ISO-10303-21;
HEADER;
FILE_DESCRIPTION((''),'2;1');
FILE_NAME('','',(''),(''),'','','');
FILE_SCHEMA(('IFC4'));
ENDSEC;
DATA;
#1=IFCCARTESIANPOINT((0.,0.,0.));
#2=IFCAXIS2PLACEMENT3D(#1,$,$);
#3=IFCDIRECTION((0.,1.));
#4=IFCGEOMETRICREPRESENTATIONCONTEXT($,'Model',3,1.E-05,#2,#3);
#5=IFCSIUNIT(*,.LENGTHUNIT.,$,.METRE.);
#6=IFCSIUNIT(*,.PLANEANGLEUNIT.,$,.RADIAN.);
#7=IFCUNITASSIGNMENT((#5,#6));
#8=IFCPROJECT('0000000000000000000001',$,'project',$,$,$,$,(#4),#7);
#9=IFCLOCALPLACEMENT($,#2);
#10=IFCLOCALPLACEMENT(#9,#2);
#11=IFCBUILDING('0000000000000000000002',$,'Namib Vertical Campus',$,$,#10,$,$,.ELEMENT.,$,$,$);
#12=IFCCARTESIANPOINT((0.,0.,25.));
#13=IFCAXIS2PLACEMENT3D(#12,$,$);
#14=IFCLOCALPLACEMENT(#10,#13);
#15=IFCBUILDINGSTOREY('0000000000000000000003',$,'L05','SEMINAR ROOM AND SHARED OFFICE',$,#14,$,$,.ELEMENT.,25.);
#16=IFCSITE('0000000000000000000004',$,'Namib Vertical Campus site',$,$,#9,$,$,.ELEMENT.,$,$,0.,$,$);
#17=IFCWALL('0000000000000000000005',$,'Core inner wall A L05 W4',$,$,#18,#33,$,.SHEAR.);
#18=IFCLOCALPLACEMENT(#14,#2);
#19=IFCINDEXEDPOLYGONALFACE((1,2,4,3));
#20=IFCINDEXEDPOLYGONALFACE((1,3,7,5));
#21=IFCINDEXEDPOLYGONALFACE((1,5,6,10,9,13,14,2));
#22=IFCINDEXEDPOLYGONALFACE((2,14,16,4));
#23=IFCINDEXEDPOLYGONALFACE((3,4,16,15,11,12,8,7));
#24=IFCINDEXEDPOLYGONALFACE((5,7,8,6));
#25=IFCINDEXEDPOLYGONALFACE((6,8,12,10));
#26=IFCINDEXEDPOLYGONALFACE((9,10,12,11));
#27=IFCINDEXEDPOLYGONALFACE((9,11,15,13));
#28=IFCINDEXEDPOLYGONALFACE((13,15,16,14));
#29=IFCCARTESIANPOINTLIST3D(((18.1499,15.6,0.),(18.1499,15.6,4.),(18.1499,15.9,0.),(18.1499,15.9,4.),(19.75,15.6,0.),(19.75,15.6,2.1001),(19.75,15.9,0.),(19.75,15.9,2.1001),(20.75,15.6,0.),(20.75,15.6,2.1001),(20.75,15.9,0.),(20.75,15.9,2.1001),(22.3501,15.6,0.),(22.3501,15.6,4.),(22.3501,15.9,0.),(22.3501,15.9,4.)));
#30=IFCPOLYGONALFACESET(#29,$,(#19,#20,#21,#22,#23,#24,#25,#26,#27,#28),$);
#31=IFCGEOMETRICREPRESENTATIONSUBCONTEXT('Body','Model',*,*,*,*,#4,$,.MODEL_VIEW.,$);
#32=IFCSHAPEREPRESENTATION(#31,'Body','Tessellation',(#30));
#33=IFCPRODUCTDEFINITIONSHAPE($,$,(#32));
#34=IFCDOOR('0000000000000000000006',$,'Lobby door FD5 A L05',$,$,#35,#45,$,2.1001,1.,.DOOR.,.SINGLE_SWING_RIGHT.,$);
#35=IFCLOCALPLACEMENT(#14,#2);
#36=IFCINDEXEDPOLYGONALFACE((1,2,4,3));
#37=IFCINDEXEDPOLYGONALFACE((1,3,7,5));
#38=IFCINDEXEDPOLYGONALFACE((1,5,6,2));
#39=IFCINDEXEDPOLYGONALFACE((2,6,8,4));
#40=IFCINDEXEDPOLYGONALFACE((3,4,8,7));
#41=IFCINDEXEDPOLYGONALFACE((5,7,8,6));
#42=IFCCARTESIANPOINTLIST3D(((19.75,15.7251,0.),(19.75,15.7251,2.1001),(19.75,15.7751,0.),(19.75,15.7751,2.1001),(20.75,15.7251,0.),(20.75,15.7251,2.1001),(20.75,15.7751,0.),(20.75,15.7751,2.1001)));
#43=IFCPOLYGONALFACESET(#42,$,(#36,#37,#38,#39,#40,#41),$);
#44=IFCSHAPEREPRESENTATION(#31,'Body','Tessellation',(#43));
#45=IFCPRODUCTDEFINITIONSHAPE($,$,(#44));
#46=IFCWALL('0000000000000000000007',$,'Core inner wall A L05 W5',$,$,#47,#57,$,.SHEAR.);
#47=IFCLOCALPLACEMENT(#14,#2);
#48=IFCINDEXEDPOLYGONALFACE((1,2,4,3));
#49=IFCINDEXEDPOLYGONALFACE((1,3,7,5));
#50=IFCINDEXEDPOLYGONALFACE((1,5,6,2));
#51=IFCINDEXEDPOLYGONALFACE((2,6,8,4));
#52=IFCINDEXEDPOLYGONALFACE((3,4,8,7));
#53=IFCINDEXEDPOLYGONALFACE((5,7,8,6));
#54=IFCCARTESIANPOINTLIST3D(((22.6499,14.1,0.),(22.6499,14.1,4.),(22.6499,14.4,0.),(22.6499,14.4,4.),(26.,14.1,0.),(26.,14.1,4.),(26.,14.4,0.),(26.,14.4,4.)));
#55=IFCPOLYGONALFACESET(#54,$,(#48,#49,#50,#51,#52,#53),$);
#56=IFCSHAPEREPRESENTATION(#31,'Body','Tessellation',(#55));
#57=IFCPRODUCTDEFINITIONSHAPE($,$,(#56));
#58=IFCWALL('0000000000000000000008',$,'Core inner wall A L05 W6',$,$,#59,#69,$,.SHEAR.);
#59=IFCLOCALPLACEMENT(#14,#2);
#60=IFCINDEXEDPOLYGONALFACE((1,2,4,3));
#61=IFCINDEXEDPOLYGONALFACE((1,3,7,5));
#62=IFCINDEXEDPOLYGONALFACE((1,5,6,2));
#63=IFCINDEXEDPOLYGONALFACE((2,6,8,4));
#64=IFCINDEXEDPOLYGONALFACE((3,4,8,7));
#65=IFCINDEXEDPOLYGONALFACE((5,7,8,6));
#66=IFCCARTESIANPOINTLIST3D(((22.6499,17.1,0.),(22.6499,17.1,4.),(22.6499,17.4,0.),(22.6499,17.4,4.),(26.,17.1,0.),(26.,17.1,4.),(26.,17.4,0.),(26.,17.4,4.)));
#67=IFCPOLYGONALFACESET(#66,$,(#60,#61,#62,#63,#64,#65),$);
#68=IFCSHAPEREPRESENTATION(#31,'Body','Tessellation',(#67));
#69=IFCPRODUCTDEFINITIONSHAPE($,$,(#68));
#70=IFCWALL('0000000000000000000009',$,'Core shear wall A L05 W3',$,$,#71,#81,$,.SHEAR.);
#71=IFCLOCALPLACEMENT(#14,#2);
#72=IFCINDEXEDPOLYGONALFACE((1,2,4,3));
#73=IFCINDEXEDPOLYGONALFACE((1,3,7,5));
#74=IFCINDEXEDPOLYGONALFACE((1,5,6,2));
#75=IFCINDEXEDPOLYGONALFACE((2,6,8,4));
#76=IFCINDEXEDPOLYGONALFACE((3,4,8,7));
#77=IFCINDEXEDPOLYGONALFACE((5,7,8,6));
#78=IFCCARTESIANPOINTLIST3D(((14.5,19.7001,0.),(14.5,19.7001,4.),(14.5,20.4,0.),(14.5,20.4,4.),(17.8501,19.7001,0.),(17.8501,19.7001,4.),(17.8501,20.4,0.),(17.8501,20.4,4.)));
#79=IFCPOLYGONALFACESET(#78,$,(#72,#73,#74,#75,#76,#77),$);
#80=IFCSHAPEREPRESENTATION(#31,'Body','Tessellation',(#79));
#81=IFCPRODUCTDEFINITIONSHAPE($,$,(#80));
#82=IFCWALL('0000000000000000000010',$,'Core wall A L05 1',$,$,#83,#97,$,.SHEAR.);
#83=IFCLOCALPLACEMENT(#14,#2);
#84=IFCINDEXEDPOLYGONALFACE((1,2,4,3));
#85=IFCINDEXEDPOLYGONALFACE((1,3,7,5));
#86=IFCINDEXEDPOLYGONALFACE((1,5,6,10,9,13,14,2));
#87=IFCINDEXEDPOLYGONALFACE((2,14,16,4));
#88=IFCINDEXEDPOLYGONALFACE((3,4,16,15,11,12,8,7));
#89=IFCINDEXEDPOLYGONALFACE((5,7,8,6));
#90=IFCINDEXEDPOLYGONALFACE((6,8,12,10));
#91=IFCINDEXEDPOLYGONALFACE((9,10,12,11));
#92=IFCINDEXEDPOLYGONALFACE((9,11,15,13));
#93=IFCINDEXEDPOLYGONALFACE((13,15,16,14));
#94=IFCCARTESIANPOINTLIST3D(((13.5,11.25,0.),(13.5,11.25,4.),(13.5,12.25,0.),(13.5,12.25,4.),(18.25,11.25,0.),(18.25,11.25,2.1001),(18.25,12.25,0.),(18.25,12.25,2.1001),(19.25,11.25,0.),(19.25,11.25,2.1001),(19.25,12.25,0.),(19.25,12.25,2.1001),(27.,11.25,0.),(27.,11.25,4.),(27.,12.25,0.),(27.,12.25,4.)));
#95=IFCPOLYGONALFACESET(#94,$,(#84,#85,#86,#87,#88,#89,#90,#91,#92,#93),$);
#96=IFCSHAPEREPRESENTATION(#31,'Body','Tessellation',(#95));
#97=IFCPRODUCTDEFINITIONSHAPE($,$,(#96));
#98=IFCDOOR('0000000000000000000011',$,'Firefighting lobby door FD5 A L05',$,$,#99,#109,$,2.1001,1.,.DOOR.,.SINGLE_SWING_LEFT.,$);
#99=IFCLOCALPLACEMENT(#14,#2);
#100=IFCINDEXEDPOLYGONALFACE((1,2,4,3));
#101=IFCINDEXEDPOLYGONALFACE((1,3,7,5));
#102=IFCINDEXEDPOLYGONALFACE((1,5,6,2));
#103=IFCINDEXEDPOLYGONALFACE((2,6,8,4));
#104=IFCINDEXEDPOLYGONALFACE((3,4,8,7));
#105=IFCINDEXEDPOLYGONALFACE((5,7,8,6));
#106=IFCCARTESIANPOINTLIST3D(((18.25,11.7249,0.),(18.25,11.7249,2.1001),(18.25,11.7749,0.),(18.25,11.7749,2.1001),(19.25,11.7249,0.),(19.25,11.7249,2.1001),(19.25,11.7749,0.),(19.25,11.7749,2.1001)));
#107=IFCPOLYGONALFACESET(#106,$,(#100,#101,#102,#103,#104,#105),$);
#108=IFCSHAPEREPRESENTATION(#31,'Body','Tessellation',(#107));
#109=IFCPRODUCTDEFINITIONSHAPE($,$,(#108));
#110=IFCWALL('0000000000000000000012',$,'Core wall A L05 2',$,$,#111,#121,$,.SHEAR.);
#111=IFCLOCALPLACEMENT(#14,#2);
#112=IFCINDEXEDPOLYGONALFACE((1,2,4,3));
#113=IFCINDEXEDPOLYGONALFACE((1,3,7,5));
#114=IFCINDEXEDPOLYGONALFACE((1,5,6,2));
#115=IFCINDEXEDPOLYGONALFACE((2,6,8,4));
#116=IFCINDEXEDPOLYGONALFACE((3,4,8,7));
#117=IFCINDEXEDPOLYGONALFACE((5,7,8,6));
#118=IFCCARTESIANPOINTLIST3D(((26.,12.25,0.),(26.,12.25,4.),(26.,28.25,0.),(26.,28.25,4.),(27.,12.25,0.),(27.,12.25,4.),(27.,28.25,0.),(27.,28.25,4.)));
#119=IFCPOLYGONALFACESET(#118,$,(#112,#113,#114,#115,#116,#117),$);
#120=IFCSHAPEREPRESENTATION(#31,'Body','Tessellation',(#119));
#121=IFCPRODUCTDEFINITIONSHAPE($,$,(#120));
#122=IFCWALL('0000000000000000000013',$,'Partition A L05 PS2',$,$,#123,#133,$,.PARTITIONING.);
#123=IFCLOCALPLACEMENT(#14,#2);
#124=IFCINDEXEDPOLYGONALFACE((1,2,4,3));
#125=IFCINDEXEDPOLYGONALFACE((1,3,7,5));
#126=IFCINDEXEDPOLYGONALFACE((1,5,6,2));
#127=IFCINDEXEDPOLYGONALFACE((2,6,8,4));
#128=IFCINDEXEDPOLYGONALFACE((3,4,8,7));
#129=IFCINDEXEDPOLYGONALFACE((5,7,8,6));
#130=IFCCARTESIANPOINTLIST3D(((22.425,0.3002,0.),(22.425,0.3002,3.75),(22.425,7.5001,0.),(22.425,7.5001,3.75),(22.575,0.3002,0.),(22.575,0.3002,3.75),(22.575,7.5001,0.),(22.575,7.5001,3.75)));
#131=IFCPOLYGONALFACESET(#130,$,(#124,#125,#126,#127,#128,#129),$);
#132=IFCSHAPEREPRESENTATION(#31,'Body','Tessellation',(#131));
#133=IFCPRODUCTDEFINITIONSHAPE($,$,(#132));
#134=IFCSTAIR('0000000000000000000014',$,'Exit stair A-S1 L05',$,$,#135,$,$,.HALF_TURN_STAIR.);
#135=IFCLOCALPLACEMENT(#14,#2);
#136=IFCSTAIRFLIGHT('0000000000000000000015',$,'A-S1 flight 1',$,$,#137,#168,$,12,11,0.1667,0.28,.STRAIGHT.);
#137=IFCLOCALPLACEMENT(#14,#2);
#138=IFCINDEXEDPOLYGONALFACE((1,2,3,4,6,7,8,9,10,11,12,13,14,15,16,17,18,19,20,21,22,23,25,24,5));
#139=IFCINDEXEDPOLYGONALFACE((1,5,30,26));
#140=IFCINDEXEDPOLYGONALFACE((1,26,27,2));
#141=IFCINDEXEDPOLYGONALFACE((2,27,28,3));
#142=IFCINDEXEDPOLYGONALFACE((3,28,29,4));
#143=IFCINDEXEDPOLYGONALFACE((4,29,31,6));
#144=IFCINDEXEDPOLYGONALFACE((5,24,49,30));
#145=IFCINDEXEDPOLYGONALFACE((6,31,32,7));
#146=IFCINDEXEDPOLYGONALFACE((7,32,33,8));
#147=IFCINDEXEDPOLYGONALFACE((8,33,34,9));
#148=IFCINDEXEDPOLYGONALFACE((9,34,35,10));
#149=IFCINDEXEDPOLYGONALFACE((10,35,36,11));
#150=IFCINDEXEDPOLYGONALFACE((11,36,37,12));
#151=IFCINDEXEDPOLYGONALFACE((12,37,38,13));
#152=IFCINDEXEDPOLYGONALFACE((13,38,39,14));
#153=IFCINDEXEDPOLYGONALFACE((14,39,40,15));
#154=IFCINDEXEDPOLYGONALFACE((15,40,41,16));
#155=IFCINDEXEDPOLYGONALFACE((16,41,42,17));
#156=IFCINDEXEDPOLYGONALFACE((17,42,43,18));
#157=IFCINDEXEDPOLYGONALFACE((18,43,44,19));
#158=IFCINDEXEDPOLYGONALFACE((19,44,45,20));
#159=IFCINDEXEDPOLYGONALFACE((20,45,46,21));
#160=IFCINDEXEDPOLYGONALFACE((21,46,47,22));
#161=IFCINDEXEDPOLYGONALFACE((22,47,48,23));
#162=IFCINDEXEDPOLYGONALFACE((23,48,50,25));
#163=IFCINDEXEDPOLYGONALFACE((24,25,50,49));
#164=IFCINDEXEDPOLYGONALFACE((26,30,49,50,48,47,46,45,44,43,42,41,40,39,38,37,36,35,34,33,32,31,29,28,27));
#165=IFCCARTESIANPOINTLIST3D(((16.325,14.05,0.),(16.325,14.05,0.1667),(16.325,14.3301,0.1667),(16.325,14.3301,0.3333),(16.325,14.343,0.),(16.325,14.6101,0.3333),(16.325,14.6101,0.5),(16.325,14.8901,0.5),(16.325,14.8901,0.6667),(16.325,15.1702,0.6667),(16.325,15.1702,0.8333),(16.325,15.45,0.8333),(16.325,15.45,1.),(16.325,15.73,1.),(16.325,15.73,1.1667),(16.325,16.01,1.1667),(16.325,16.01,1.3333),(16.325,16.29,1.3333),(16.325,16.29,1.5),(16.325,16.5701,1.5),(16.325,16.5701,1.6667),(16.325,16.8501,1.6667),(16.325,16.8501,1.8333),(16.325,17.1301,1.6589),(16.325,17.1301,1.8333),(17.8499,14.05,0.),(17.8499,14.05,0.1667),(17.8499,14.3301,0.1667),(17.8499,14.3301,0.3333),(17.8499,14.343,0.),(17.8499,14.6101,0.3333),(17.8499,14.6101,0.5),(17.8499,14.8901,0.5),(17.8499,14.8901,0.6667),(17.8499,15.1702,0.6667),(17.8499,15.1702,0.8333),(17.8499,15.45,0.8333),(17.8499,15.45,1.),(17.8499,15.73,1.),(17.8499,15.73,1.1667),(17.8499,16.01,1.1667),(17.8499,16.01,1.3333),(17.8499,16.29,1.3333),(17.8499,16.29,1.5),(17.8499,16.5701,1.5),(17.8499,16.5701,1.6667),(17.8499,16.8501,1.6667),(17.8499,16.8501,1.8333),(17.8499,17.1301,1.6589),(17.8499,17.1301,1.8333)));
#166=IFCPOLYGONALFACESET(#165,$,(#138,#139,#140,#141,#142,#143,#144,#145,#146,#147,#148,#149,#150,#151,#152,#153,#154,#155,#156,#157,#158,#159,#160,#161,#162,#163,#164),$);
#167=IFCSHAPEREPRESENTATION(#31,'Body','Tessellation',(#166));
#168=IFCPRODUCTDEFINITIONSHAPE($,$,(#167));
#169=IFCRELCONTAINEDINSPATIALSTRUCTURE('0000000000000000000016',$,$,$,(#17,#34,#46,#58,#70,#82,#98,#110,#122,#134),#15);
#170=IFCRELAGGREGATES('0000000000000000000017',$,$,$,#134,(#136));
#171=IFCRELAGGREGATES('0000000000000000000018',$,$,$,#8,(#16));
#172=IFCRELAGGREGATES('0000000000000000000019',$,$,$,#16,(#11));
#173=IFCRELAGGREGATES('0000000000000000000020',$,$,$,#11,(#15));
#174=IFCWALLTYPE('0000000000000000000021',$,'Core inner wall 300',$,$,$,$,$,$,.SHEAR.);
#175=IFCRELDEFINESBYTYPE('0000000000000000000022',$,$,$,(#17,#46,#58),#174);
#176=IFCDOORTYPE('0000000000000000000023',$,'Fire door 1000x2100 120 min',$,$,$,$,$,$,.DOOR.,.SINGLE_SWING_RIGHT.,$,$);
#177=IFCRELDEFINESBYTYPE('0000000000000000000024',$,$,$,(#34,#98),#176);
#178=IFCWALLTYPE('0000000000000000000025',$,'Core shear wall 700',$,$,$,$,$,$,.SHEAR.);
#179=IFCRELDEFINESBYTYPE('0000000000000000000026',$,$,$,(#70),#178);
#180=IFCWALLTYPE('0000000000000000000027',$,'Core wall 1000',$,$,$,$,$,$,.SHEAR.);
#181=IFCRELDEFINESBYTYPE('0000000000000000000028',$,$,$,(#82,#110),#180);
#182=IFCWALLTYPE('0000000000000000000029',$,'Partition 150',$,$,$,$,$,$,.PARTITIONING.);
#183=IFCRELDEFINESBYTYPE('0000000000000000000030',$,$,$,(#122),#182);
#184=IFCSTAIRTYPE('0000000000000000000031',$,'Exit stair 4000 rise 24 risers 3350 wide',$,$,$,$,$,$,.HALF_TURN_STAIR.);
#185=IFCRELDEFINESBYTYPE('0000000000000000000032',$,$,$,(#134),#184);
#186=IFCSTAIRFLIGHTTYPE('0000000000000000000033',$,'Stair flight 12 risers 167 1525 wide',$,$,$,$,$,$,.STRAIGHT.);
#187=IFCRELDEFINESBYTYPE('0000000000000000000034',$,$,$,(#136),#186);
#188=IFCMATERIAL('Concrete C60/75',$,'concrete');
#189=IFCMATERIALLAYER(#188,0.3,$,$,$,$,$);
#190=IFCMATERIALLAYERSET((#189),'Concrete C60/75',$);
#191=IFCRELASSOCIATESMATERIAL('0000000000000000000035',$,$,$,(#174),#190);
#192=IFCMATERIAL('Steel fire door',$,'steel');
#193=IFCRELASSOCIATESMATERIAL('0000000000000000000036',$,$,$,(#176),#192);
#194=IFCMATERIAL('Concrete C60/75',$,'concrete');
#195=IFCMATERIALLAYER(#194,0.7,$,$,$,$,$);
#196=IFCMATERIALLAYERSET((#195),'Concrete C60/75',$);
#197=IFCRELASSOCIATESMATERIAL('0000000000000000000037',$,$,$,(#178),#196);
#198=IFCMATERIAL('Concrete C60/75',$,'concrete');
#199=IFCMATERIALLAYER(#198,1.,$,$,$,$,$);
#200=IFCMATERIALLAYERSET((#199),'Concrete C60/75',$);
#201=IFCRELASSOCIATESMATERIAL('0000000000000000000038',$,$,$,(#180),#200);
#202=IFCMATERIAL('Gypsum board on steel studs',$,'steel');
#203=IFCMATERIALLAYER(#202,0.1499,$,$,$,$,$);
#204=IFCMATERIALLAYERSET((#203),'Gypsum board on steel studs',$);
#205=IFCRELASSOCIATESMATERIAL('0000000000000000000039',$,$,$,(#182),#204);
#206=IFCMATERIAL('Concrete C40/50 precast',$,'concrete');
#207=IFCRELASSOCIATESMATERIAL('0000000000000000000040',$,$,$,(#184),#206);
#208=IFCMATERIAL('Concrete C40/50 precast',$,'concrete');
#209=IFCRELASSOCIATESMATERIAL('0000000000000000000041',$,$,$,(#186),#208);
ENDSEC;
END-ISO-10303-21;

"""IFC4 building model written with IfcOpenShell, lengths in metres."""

from ifc_helpers import new_model, si_unit, direction, frame, frame_2d, origin, place, context, subcontext, project, spatial, polyline, rectangle, outline, extrude, material, layer, layer_set, type_object, element, fill, aggregate, save


model = new_model("IFC4")

# Units and contexts
model_context = context("Model", 3, precision=1e-05, world=origin(), true_north=direction((0.0, 1.0)))
body_context = subcontext(model_context, "Body", "Model", "MODEL_VIEW")
ifc_project = project(units=[si_unit("LENGTHUNIT", "METRE"), si_unit("PLANEANGLEUNIT", "RADIAN")], contexts=[model_context])

# Site, building, storey
site_placement = place(None, origin())
site = spatial("IfcSite", under=ifc_project, at=site_placement, Name="Namib Vertical Campus site", CompositionType="ELEMENT", RefElevation=0.0)
building_placement = place(site_placement, origin())
building = spatial("IfcBuilding", under=site, at=building_placement, Name="Namib Vertical Campus", CompositionType="ELEMENT")
storey_placement = place(building_placement, frame((0.0, 0.0, 25.0)))
storey = spatial("IfcBuildingStorey", under=building, at=storey_placement, Name="L05", Description="SEMINAR ROOM AND SHARED OFFICE", CompositionType="ELEMENT", Elevation=25.0)

# Shared definitions
ifc_material_1 = material(Name="Concrete C60/75", Category="concrete")
ifc_layer_1 = layer(ifc_material_1, 0.3)
ifc_layer_set_1 = layer_set([ifc_layer_1], Name="Concrete C60/75")
wall_type_1 = type_object("IfcWallType", Name="Core inner wall 300", PredefinedType="SHEAR", material=ifc_layer_set_1)

# Wall, opening, door
wall_1_placement = place(storey_placement, frame((18.1499, 15.75, 0.0), z_axis=(0.0, 0.0, 1.0), x_axis=(1.0, 0.0, 0.0)))
wall_1 = element("IfcWall", 1, at=wall_1_placement, inside=storey, type_object=wall_type_1, Name="Core inner wall A L05 W4", PredefinedType="SHEAR", context=body_context, shape_type="SweptSolid", body=[
    extrude(rectangle(XDim=4.2002, YDim=0.3, at=frame_2d((2.1001, 0.0))), origin(), (0.0, 0.0, 1.0), 4.0),
])
opening_1_placement = place(wall_1_placement, frame((1.6001, 0.0, 0.0)))
opening_1 = element("IfcOpeningElement", 2, at=opening_1_placement, cuts=wall_1, PredefinedType="OPENING", context=body_context, shape_type="SweptSolid", body=[
    extrude(rectangle(XDim=1.0, YDim=2.1001, at=frame_2d((0.5, 1.05))), frame((0.0, 0.1599, 0.0), z_axis=(0.0, -1.0, 0.0), x_axis=(1.0, 0.0, 0.0)), (0.0, 0.0, 1.0), 0.3201),
])
ifc_material_2 = material(Name="Steel fire door", Category="steel")
door_type_1 = type_object("IfcDoorType", Name="Fire door 1000x2100 120 min", OperationType="SINGLE_SWING_RIGHT", PredefinedType="DOOR", material=ifc_material_2)
door_1_placement = place(opening_1_placement, frame((1.0, 0.0, 0.0), z_axis=(0.0, 0.0, 1.0), x_axis=(-1.0, 0.0, 0.0)))
door_1 = element("IfcDoor", 3, at=door_1_placement, inside=storey, type_object=door_type_1, Name="Lobby door FD5 A L05", OperationType="SINGLE_SWING_RIGHT", OverallHeight=2.1001, OverallWidth=1.0, PredefinedType="DOOR", context=body_context, shape_type="SweptSolid", body=[
    extrude(rectangle(XDim=1.0, YDim=2.1001, at=frame_2d((0.5, 1.05))), frame((0.0, 0.0249, 0.0), z_axis=(0.0, -1.0, 0.0), x_axis=(1.0, 0.0, 0.0)), (0.0, 0.0, 1.0), 0.05),
])
fill(opening_1, door_1)

# Walls
for number, where, z_axis, x_axis, name in (
    (4, (22.6499, 14.25, 0.0), (0.0, 0.0, 1.0), (1.0, 0.0, 0.0), "Core inner wall A L05 W5"),
    (5, (22.6499, 17.25, 0.0), (0.0, 0.0, 1.0), (1.0, 0.0, 0.0), "Core inner wall A L05 W6"),
):
    element("IfcWall", number, at=place(storey_placement, frame(where, z_axis=z_axis, x_axis=x_axis)), inside=storey, type_object=wall_type_1, Name=name, PredefinedType="SHEAR", context=body_context, shape_type="SweptSolid", body=[
        extrude(rectangle(XDim=3.3501, YDim=0.3, at=frame_2d((1.675, 0.0))), origin(), (0.0, 0.0, 1.0), 4.0),
    ])
ifc_material_3 = material(Name="Concrete C60/75", Category="concrete")
ifc_layer_2 = layer(ifc_material_3, 0.7)
ifc_layer_set_2 = layer_set([ifc_layer_2], Name="Concrete C60/75")
wall_type_2 = type_object("IfcWallType", Name="Core shear wall 700", PredefinedType="SHEAR", material=ifc_layer_set_2)
wall_2_placement = place(storey_placement, frame((14.5, 20.05, 0.0), z_axis=(0.0, 0.0, 1.0), x_axis=(1.0, 0.0, 0.0)))
element("IfcWall", 6, at=wall_2_placement, inside=storey, type_object=wall_type_2, Name="Core shear wall A L05 W3", PredefinedType="SHEAR", context=body_context, shape_type="SweptSolid", body=[
    extrude(rectangle(XDim=3.3501, YDim=0.7, at=frame_2d((1.675, 0.0))), origin(), (0.0, 0.0, 1.0), 4.0),
])

# Wall, opening, door
ifc_material_4 = material(Name="Concrete C60/75", Category="concrete")
ifc_layer_3 = layer(ifc_material_4, 1.0)
ifc_layer_set_3 = layer_set([ifc_layer_3], Name="Concrete C60/75")
wall_type_3 = type_object("IfcWallType", Name="Core wall 1000", PredefinedType="SHEAR", material=ifc_layer_set_3)
wall_3_placement = place(storey_placement, frame((13.5, 11.75, 0.0), z_axis=(0.0, 0.0, 1.0), x_axis=(1.0, 0.0, 0.0)))
wall_3 = element("IfcWall", 7, at=wall_3_placement, inside=storey, type_object=wall_type_3, Name="Core wall A L05 1", PredefinedType="SHEAR", context=body_context, shape_type="SweptSolid", body=[
    extrude(rectangle(XDim=13.5, YDim=1.0, at=frame_2d((6.75, 0.0))), origin(), (0.0, 0.0, 1.0), 4.0),
])
opening_2_placement = place(wall_3_placement, frame((4.75, 0.0, 0.0)))
opening_2 = element("IfcOpeningElement", 8, at=opening_2_placement, cuts=wall_3, PredefinedType="OPENING", context=body_context, shape_type="SweptSolid", body=[
    extrude(rectangle(XDim=1.0, YDim=2.1001, at=frame_2d((0.5, 1.05))), frame((0.0, 0.51, 0.0), z_axis=(0.0, -1.0, 0.0), x_axis=(1.0, 0.0, 0.0)), (0.0, 0.0, 1.0), 1.02),
])
door_2_placement = place(opening_2_placement, origin())
door_2 = element("IfcDoor", 9, at=door_2_placement, inside=storey, type_object=door_type_1, Name="Firefighting lobby door FD5 A L05", OperationType="SINGLE_SWING_LEFT", OverallHeight=2.1001, OverallWidth=1.0, PredefinedType="DOOR", context=body_context, shape_type="SweptSolid", body=[
    extrude(rectangle(XDim=1.0, YDim=2.1001, at=frame_2d((0.5, 1.05))), frame((0.0, 0.0249, 0.0), z_axis=(0.0, -1.0, 0.0), x_axis=(1.0, 0.0, 0.0)), (0.0, 0.0, 1.0), 0.05),
])
fill(opening_2, door_2)

# Walls
wall_4_placement = place(storey_placement, frame((26.5, 12.25, 0.0), z_axis=(0.0, 0.0, 1.0), x_axis=(0.0, 1.0, 0.0)))
element("IfcWall", 10, at=wall_4_placement, inside=storey, type_object=wall_type_3, Name="Core wall A L05 2", PredefinedType="SHEAR", context=body_context, shape_type="SweptSolid", body=[
    extrude(rectangle(XDim=16.0, YDim=1.0, at=frame_2d((8.0, 0.0))), origin(), (0.0, 0.0, 1.0), 4.0),
])
ifc_material_5 = material(Name="Gypsum board on steel studs", Category="steel")
ifc_layer_4 = layer(ifc_material_5, 0.1499)
ifc_layer_set_4 = layer_set([ifc_layer_4], Name="Gypsum board on steel studs")
wall_type_4 = type_object("IfcWallType", Name="Partition 150", PredefinedType="PARTITIONING", material=ifc_layer_set_4)
wall_5_placement = place(storey_placement, frame((22.5, 0.3, 0.0), z_axis=(0.0, 0.0, 1.0), x_axis=(0.0, 1.0, 0.0)))
element("IfcWall", 11, at=wall_5_placement, inside=storey, type_object=wall_type_4, Name="Partition A L05 PS2", PredefinedType="PARTITIONING", context=body_context, shape_type="SweptSolid", body=[
    extrude(rectangle(XDim=7.2, YDim=0.1499, at=frame_2d((3.6001, 0.0))), origin(), (0.0, 0.0, 1.0), 3.75),
])

# Stair, stair flight
ifc_material_6 = material(Name="Concrete C40/50 precast", Category="concrete")
stair_type = type_object("IfcStairType", Name="Exit stair 4000 rise 24 risers 3350 wide", PredefinedType="HALF_TURN_STAIR", material=ifc_material_6)
stair_placement = place(storey_placement, origin())
stair = element("IfcStair", 12, at=stair_placement, inside=storey, type_object=stair_type, Name="Exit stair A-S1 L05", PredefinedType="HALF_TURN_STAIR")
ifc_material_7 = material(Name="Concrete C40/50 precast", Category="concrete")
stair_flight_type = type_object("IfcStairFlightType", Name="Stair flight 12 risers 167 1525 wide", PredefinedType="STRAIGHT", material=ifc_material_7)
stair_flight_1_placement = place(storey_placement, frame((17.0874, 14.05, 0.0), z_axis=(0.0, 0.0, 1.0), x_axis=(0.0, 1.0, 0.0)))
stair_flight_1 = element("IfcStairFlight", 13, at=stair_flight_1_placement, type_object=stair_flight_type, Name="A-S1 flight 1", NumberOfRisers=12, NumberOfTreads=11, PredefinedType="STRAIGHT", RiserHeight=0.1667, TreadLength=0.28, context=body_context, shape_type="SweptSolid", body=[
    extrude(outline(polyline([(0.0, 0.0), (0.0, 0.1667), (0.28, 0.1667), (0.28, 0.3333), (0.5601, 0.3333), (0.5601, 0.5), (0.8401, 0.5), (0.8401, 0.6667), (1.1201, 0.6667), (1.1201, 0.8333), (1.3999, 0.8333), (1.3999, 1.0), (1.6799, 1.0), (1.6799, 1.1667), (1.96, 1.1667), (1.96, 1.3333), (2.24, 1.3333), (2.24, 1.5), (2.52, 1.5), (2.52, 1.6667), (2.8, 1.6667), (2.8, 1.8333), (3.0801, 1.8333), (3.0801, 2.0), (3.0801, 1.6589), (0.293, 0.0), (0.0, 0.0)])), frame((0.0, 0.7625, 0.0), z_axis=(0.0, -1.0, 0.0), x_axis=(1.0, 0.0, 0.0)), (0.0, 0.0, 1.0), 1.5249),
])
aggregate(stair, [stair_flight_1])

save(model, "model.ifc")
